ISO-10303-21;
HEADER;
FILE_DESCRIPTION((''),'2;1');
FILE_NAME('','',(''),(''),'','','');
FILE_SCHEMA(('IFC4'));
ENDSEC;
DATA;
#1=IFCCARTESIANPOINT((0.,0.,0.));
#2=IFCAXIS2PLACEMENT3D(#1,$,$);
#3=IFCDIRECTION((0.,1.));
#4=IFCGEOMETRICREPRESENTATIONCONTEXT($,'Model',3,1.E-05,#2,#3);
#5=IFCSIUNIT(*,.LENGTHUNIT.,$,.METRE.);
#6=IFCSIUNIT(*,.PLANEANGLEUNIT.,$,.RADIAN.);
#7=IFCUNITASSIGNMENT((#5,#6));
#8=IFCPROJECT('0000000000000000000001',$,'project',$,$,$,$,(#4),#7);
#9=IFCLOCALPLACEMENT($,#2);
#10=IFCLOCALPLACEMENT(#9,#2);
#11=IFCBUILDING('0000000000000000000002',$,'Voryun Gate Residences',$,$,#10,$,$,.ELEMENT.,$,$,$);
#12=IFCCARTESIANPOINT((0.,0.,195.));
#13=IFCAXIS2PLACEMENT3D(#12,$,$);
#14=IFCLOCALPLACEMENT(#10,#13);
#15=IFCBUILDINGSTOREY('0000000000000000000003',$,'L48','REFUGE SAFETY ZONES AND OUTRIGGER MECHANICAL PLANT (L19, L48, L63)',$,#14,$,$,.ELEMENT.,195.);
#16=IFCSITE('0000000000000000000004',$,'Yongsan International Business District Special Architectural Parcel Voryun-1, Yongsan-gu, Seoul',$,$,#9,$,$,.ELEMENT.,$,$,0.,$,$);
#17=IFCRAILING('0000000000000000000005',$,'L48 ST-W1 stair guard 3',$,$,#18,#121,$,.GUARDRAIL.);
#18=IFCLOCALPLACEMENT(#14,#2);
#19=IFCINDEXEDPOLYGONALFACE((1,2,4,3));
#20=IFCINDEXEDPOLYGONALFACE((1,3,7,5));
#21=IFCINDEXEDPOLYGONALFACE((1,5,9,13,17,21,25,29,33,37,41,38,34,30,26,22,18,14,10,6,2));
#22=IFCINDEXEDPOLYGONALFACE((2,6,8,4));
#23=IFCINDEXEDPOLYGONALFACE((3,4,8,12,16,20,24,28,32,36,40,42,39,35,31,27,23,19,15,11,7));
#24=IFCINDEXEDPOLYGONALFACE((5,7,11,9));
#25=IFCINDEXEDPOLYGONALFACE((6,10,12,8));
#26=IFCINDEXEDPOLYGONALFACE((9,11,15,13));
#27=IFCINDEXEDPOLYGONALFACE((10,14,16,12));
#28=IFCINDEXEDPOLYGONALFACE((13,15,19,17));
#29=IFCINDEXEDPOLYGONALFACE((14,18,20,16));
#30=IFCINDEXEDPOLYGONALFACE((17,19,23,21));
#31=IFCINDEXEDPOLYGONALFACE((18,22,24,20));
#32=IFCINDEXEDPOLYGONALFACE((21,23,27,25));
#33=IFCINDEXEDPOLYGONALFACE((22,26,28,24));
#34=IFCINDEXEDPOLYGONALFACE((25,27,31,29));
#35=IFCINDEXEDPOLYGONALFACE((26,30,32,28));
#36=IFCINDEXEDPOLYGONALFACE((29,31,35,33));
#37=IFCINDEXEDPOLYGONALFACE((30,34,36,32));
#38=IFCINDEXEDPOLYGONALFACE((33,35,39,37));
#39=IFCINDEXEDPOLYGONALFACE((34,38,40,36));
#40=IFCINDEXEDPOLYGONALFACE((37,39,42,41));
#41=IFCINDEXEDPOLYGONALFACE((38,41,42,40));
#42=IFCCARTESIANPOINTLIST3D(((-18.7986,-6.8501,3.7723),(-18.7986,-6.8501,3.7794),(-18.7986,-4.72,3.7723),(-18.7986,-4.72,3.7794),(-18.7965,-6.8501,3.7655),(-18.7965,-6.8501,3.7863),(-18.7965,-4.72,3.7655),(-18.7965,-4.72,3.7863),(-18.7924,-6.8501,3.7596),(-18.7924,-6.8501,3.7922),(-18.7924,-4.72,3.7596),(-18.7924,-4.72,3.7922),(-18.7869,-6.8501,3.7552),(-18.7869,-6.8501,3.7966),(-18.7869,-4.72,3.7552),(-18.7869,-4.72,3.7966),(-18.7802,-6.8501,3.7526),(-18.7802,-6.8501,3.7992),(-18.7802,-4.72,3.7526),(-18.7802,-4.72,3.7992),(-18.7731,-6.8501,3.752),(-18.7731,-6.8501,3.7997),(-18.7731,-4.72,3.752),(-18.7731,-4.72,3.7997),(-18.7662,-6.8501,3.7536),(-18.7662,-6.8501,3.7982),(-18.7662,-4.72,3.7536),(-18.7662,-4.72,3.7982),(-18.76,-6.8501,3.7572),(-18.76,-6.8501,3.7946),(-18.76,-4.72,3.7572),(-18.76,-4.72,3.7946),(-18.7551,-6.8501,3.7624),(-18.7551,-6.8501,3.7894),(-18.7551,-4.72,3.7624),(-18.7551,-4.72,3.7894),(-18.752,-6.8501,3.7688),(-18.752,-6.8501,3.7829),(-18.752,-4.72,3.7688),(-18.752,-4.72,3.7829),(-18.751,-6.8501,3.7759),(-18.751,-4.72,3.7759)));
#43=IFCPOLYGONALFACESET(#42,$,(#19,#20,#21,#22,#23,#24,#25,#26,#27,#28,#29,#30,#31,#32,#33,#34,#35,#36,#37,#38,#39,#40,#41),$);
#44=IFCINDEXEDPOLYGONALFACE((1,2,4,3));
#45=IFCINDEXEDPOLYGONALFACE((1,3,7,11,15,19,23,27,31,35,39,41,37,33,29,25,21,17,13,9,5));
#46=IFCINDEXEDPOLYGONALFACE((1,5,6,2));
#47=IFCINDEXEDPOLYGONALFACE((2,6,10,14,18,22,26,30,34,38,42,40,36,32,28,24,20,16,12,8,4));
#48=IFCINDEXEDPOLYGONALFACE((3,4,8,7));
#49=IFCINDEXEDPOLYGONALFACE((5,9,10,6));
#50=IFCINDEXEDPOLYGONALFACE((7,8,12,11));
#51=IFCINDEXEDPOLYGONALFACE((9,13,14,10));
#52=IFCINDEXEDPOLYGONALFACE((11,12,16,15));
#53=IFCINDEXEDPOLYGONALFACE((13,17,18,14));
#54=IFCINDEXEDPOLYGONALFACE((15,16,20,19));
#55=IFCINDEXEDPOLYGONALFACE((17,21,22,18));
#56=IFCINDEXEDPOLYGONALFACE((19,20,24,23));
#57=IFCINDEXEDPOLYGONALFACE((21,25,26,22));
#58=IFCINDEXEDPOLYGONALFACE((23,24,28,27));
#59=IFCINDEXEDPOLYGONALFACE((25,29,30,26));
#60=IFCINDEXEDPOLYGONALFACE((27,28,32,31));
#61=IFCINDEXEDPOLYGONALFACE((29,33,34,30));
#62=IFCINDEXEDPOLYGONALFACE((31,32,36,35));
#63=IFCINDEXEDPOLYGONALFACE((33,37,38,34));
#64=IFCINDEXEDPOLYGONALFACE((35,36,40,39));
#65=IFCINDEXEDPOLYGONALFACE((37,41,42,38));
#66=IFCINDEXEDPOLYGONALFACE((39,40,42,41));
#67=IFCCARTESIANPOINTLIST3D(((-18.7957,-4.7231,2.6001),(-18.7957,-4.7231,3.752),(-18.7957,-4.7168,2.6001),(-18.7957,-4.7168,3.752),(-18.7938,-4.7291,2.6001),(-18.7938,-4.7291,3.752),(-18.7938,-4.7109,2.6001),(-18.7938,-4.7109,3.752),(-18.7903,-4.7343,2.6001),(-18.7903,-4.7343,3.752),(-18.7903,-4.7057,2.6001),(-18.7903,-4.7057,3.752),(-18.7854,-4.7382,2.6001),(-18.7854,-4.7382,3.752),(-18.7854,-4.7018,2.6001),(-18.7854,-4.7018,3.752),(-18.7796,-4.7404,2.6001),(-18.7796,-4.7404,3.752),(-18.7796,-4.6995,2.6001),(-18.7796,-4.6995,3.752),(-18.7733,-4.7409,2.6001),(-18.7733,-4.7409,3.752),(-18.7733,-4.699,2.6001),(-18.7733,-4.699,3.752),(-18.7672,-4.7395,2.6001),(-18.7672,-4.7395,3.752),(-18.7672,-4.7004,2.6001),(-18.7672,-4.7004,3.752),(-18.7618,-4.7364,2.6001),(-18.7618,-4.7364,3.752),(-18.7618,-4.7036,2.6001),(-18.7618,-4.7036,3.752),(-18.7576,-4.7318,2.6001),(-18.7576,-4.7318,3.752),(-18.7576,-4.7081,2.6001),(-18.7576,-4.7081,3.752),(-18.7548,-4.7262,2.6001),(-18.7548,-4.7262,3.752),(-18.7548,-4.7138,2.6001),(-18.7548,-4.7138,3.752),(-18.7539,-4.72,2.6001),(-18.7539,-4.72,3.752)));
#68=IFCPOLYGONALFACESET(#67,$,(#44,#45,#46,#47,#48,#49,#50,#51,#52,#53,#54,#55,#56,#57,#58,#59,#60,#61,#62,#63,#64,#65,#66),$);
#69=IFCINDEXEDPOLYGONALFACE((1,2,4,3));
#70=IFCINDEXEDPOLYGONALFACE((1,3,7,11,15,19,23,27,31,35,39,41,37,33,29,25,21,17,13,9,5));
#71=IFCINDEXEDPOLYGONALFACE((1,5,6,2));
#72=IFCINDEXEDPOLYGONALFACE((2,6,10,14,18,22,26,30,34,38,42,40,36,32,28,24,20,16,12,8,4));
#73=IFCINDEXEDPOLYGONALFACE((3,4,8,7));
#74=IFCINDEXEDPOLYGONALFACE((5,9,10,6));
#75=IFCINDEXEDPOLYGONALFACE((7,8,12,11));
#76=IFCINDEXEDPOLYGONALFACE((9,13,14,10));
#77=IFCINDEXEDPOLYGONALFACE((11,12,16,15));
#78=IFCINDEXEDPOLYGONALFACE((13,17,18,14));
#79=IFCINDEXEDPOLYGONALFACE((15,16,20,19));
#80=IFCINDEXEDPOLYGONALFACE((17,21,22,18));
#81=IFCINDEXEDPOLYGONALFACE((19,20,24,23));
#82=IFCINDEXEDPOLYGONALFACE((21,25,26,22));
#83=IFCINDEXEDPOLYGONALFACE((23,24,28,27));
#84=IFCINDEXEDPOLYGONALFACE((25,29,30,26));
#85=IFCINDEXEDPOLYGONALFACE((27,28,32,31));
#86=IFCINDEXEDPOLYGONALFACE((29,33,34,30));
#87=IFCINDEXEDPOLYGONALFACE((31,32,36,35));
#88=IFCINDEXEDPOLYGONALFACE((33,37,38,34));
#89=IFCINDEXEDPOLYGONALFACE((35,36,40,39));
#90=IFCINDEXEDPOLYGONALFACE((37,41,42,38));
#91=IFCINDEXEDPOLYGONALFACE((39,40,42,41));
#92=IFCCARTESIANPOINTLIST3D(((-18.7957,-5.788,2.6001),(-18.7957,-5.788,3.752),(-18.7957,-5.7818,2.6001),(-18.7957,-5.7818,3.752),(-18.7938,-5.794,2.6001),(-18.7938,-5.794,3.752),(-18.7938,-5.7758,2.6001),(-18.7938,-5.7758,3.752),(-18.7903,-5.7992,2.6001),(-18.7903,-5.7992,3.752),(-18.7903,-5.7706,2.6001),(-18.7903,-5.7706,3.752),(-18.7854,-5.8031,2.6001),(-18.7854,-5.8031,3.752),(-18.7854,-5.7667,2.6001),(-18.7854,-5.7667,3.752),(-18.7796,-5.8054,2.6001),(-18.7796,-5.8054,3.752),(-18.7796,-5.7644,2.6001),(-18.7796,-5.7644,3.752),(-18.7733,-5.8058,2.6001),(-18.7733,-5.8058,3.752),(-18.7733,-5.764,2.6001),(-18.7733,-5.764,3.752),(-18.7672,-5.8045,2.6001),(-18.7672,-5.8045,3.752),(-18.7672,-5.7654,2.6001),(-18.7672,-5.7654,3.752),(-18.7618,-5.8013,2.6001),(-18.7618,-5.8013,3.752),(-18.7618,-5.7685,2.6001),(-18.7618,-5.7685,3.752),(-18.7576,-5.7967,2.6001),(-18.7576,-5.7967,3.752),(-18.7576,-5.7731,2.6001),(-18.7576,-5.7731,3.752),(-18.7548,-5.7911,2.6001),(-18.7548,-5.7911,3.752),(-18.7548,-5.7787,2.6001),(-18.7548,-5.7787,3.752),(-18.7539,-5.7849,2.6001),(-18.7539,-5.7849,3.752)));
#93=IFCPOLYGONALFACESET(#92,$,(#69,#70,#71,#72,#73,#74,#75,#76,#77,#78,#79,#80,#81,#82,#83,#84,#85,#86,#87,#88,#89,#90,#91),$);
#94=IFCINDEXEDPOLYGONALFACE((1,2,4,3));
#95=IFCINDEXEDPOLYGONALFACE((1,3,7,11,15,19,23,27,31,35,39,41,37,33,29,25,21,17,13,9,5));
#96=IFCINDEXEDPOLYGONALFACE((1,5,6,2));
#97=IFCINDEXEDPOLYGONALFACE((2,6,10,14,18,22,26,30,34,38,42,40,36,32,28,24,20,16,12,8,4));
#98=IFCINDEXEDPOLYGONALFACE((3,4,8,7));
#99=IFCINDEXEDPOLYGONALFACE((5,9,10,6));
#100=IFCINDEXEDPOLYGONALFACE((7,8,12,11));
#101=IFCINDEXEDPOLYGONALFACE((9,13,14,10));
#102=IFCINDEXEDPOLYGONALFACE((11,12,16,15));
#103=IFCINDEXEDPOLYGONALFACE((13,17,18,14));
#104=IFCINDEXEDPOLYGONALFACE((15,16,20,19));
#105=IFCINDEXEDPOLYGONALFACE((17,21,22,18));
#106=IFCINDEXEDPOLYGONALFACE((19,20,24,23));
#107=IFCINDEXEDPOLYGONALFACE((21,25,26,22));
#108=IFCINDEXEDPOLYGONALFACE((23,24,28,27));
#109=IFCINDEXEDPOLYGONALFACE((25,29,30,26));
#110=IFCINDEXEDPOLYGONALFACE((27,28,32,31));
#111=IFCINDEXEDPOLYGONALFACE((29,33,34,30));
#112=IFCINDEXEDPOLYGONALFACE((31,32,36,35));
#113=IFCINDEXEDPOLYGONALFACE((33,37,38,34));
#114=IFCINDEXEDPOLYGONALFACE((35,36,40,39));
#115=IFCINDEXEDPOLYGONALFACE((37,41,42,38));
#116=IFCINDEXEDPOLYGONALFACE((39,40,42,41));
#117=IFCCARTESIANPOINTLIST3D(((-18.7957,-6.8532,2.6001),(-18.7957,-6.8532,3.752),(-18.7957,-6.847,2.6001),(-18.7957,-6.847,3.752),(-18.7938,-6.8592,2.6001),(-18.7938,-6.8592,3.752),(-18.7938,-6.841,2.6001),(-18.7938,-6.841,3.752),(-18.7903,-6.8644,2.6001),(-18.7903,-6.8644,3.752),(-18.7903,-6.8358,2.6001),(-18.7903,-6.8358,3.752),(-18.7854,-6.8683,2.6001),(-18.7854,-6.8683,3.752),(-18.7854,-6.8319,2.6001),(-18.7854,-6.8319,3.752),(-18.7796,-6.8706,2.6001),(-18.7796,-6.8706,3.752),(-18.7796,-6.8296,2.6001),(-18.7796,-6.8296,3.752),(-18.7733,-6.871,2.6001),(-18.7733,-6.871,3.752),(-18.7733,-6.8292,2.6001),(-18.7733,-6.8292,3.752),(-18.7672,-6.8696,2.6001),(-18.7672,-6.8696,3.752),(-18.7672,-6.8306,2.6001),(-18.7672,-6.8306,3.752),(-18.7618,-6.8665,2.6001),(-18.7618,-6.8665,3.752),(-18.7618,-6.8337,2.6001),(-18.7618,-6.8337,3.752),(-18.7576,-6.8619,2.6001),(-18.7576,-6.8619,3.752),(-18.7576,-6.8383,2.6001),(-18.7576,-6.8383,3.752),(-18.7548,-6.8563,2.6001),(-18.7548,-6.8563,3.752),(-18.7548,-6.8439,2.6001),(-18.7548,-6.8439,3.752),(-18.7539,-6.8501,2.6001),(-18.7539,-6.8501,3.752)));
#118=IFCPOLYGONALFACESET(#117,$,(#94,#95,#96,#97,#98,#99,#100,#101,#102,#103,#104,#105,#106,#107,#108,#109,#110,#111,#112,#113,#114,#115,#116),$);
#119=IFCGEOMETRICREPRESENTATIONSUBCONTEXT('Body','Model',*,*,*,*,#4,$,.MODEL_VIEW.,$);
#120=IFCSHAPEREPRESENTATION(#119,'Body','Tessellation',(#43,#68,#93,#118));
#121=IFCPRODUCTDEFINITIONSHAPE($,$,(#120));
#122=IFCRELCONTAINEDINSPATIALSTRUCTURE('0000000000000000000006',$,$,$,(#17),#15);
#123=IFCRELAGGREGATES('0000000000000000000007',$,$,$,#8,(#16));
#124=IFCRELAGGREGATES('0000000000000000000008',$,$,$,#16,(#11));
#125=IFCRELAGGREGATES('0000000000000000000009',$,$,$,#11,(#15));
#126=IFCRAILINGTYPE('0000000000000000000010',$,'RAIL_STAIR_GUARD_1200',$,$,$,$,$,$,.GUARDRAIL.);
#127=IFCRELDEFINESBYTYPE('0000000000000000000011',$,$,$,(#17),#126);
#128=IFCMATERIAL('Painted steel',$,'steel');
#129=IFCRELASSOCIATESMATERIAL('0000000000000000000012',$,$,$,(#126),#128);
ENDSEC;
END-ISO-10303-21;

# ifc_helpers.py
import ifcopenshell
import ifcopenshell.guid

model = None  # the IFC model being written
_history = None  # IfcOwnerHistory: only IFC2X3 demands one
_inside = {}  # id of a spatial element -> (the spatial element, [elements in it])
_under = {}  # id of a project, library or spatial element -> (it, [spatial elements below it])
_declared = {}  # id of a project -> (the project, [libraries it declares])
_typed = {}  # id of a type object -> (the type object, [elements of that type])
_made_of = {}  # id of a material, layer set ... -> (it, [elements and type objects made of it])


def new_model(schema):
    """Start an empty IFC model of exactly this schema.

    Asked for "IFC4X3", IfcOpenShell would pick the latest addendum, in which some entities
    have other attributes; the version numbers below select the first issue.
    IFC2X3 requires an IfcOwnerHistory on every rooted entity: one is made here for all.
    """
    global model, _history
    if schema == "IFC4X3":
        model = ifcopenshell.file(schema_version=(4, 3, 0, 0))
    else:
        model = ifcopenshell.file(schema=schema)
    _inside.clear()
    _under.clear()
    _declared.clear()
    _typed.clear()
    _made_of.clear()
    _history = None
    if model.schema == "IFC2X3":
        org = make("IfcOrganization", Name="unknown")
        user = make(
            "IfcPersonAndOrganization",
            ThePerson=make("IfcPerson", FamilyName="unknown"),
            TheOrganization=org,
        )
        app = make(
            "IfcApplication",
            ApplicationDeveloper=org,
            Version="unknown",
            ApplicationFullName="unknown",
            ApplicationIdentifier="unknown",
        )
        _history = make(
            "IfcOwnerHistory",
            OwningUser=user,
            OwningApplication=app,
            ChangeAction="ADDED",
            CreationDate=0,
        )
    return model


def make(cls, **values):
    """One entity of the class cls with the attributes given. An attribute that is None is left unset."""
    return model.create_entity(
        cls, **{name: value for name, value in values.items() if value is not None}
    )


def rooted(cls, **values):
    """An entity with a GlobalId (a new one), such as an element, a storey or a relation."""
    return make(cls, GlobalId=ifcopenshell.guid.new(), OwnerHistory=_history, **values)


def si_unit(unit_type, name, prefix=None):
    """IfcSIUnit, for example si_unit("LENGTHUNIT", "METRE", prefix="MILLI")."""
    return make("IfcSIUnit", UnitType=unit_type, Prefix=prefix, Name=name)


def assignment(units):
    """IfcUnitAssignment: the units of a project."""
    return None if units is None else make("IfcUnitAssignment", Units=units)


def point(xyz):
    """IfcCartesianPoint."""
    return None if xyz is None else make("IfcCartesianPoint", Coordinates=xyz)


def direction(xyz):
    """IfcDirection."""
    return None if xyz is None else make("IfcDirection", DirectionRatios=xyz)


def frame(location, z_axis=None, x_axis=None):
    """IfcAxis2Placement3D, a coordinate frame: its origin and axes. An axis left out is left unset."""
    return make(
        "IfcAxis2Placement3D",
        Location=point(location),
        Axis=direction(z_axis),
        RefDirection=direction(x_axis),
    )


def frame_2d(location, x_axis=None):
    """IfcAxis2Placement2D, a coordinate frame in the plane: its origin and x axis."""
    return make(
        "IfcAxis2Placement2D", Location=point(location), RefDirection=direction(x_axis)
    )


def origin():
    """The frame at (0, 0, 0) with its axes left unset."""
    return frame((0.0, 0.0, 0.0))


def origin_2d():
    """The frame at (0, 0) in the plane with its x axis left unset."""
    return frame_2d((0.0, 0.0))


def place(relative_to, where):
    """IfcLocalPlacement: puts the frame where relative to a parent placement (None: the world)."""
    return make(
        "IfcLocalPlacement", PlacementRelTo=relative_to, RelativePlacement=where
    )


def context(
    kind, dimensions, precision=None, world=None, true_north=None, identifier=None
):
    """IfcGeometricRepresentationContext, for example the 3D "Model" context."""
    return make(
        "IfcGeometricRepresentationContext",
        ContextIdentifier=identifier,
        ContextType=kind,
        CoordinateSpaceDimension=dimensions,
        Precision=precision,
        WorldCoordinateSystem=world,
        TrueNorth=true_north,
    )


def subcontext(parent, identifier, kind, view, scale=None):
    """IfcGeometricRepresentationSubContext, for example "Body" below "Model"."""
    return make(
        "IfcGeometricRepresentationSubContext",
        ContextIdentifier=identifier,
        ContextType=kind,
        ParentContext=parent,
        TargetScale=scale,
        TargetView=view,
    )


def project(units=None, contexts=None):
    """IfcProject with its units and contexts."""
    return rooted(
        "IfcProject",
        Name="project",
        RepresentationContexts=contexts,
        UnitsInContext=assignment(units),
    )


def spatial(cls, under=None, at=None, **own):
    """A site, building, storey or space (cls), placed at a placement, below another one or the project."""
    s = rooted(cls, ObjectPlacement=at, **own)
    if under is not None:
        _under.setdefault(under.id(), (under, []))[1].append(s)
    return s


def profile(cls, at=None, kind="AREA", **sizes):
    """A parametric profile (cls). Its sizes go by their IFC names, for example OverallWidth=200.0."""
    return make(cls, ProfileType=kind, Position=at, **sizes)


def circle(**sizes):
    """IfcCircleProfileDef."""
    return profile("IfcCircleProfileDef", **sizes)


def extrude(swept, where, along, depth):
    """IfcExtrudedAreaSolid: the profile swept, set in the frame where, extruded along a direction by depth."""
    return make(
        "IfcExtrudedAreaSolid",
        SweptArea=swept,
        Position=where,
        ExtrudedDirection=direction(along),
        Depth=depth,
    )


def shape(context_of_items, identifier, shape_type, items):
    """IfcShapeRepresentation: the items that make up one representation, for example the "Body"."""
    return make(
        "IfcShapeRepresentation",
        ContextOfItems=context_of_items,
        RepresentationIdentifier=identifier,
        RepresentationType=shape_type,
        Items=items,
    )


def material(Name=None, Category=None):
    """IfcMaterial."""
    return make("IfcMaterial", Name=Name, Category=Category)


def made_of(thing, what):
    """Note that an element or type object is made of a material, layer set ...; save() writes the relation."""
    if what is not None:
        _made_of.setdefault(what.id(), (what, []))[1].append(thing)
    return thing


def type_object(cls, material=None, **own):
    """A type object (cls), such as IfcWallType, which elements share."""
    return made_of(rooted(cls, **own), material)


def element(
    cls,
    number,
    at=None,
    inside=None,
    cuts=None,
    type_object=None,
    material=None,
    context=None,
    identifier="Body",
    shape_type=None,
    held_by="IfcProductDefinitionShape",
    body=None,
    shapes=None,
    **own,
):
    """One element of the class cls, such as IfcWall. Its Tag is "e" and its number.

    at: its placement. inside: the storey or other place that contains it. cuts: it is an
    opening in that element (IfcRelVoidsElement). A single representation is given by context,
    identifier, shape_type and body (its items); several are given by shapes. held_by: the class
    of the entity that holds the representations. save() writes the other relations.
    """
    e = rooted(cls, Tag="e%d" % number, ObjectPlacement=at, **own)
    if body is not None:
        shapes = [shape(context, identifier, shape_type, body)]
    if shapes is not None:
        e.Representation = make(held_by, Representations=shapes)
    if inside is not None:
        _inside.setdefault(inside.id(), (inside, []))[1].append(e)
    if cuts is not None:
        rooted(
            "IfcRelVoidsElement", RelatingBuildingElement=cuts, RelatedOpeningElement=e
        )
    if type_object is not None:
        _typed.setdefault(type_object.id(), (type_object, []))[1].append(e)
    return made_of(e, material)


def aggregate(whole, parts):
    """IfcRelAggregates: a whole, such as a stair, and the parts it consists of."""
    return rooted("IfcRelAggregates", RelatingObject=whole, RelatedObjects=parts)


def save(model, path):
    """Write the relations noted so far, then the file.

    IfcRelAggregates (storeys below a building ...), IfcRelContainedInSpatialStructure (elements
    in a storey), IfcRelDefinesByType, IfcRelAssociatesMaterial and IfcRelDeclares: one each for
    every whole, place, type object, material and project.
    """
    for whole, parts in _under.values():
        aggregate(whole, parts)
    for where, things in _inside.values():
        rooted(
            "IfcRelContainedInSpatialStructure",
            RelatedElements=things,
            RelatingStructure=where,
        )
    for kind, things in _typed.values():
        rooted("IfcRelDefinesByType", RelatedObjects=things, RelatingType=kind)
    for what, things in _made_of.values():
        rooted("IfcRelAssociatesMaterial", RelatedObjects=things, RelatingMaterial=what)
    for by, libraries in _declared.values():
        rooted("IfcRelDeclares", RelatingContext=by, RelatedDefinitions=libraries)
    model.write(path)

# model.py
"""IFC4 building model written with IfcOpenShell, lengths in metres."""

from ifc_helpers import new_model, si_unit, direction, frame, origin, origin_2d, place, context, subcontext, project, spatial, circle, extrude, material, type_object, element, save


model = new_model("IFC4")

# Units and contexts
model_context = context("Model", 3, precision=1e-05, world=origin(), true_north=direction((0.0, 1.0)))
body_context = subcontext(model_context, "Body", "Model", "MODEL_VIEW")
ifc_project = project(units=[si_unit("LENGTHUNIT", "METRE"), si_unit("PLANEANGLEUNIT", "RADIAN")], contexts=[model_context])

# Site, building, storey
site_placement = place(None, origin())
site = spatial("IfcSite", under=ifc_project, at=site_placement, Name="Yongsan International Business District Special Architectural Parcel Voryun-1, Yongsan-gu, Seoul", CompositionType="ELEMENT", RefElevation=0.0)
building_placement = place(site_placement, origin())
building = spatial("IfcBuilding", under=site, at=building_placement, Name="Voryun Gate Residences", CompositionType="ELEMENT")
storey_placement = place(building_placement, frame((0.0, 0.0, 195.0)))
storey = spatial("IfcBuildingStorey", under=building, at=storey_placement, Name="L48", Description="REFUGE SAFETY ZONES AND OUTRIGGER MECHANICAL PLANT (L19, L48, L63)", CompositionType="ELEMENT", Elevation=195.0)

# Railing
ifc_material_1 = material(Name="Painted steel", Category="steel")
railing_type = type_object("IfcRailingType", Name="RAIL_STAIR_GUARD_1200", PredefinedType="GUARDRAIL", material=ifc_material_1)
railing_1_placement = place(storey_placement, frame((-18.7749, -4.72, 2.6001)))
element("IfcRailing", 1, at=railing_1_placement, inside=storey, type_object=railing_type, Name="L48 ST-W1 stair guard 3", PredefinedType="GUARDRAIL", context=body_context, shape_type="SweptSolid", body=[
    extrude(circle(Radius=0.0239, at=origin_2d()), frame((0.0, 0.0, 1.1758), z_axis=(0.0, -1.0, 0.0), x_axis=(1.0, 0.0, 0.0)), (0.0, 0.0, 1.0), 2.1301),
    extrude(circle(Radius=0.021, at=origin_2d()), origin(), (0.0, 0.0, 1.0), 1.1519),
    extrude(circle(Radius=0.021, at=origin_2d()), frame((0.0, -1.0649, 0.0)), (0.0, 0.0, 1.0), 1.1519),
    extrude(circle(Radius=0.021, at=origin_2d()), frame((0.0, -2.1301, 0.0)), (0.0, 0.0, 1.0), 1.1519),
])

save(model, "model.ifc")
